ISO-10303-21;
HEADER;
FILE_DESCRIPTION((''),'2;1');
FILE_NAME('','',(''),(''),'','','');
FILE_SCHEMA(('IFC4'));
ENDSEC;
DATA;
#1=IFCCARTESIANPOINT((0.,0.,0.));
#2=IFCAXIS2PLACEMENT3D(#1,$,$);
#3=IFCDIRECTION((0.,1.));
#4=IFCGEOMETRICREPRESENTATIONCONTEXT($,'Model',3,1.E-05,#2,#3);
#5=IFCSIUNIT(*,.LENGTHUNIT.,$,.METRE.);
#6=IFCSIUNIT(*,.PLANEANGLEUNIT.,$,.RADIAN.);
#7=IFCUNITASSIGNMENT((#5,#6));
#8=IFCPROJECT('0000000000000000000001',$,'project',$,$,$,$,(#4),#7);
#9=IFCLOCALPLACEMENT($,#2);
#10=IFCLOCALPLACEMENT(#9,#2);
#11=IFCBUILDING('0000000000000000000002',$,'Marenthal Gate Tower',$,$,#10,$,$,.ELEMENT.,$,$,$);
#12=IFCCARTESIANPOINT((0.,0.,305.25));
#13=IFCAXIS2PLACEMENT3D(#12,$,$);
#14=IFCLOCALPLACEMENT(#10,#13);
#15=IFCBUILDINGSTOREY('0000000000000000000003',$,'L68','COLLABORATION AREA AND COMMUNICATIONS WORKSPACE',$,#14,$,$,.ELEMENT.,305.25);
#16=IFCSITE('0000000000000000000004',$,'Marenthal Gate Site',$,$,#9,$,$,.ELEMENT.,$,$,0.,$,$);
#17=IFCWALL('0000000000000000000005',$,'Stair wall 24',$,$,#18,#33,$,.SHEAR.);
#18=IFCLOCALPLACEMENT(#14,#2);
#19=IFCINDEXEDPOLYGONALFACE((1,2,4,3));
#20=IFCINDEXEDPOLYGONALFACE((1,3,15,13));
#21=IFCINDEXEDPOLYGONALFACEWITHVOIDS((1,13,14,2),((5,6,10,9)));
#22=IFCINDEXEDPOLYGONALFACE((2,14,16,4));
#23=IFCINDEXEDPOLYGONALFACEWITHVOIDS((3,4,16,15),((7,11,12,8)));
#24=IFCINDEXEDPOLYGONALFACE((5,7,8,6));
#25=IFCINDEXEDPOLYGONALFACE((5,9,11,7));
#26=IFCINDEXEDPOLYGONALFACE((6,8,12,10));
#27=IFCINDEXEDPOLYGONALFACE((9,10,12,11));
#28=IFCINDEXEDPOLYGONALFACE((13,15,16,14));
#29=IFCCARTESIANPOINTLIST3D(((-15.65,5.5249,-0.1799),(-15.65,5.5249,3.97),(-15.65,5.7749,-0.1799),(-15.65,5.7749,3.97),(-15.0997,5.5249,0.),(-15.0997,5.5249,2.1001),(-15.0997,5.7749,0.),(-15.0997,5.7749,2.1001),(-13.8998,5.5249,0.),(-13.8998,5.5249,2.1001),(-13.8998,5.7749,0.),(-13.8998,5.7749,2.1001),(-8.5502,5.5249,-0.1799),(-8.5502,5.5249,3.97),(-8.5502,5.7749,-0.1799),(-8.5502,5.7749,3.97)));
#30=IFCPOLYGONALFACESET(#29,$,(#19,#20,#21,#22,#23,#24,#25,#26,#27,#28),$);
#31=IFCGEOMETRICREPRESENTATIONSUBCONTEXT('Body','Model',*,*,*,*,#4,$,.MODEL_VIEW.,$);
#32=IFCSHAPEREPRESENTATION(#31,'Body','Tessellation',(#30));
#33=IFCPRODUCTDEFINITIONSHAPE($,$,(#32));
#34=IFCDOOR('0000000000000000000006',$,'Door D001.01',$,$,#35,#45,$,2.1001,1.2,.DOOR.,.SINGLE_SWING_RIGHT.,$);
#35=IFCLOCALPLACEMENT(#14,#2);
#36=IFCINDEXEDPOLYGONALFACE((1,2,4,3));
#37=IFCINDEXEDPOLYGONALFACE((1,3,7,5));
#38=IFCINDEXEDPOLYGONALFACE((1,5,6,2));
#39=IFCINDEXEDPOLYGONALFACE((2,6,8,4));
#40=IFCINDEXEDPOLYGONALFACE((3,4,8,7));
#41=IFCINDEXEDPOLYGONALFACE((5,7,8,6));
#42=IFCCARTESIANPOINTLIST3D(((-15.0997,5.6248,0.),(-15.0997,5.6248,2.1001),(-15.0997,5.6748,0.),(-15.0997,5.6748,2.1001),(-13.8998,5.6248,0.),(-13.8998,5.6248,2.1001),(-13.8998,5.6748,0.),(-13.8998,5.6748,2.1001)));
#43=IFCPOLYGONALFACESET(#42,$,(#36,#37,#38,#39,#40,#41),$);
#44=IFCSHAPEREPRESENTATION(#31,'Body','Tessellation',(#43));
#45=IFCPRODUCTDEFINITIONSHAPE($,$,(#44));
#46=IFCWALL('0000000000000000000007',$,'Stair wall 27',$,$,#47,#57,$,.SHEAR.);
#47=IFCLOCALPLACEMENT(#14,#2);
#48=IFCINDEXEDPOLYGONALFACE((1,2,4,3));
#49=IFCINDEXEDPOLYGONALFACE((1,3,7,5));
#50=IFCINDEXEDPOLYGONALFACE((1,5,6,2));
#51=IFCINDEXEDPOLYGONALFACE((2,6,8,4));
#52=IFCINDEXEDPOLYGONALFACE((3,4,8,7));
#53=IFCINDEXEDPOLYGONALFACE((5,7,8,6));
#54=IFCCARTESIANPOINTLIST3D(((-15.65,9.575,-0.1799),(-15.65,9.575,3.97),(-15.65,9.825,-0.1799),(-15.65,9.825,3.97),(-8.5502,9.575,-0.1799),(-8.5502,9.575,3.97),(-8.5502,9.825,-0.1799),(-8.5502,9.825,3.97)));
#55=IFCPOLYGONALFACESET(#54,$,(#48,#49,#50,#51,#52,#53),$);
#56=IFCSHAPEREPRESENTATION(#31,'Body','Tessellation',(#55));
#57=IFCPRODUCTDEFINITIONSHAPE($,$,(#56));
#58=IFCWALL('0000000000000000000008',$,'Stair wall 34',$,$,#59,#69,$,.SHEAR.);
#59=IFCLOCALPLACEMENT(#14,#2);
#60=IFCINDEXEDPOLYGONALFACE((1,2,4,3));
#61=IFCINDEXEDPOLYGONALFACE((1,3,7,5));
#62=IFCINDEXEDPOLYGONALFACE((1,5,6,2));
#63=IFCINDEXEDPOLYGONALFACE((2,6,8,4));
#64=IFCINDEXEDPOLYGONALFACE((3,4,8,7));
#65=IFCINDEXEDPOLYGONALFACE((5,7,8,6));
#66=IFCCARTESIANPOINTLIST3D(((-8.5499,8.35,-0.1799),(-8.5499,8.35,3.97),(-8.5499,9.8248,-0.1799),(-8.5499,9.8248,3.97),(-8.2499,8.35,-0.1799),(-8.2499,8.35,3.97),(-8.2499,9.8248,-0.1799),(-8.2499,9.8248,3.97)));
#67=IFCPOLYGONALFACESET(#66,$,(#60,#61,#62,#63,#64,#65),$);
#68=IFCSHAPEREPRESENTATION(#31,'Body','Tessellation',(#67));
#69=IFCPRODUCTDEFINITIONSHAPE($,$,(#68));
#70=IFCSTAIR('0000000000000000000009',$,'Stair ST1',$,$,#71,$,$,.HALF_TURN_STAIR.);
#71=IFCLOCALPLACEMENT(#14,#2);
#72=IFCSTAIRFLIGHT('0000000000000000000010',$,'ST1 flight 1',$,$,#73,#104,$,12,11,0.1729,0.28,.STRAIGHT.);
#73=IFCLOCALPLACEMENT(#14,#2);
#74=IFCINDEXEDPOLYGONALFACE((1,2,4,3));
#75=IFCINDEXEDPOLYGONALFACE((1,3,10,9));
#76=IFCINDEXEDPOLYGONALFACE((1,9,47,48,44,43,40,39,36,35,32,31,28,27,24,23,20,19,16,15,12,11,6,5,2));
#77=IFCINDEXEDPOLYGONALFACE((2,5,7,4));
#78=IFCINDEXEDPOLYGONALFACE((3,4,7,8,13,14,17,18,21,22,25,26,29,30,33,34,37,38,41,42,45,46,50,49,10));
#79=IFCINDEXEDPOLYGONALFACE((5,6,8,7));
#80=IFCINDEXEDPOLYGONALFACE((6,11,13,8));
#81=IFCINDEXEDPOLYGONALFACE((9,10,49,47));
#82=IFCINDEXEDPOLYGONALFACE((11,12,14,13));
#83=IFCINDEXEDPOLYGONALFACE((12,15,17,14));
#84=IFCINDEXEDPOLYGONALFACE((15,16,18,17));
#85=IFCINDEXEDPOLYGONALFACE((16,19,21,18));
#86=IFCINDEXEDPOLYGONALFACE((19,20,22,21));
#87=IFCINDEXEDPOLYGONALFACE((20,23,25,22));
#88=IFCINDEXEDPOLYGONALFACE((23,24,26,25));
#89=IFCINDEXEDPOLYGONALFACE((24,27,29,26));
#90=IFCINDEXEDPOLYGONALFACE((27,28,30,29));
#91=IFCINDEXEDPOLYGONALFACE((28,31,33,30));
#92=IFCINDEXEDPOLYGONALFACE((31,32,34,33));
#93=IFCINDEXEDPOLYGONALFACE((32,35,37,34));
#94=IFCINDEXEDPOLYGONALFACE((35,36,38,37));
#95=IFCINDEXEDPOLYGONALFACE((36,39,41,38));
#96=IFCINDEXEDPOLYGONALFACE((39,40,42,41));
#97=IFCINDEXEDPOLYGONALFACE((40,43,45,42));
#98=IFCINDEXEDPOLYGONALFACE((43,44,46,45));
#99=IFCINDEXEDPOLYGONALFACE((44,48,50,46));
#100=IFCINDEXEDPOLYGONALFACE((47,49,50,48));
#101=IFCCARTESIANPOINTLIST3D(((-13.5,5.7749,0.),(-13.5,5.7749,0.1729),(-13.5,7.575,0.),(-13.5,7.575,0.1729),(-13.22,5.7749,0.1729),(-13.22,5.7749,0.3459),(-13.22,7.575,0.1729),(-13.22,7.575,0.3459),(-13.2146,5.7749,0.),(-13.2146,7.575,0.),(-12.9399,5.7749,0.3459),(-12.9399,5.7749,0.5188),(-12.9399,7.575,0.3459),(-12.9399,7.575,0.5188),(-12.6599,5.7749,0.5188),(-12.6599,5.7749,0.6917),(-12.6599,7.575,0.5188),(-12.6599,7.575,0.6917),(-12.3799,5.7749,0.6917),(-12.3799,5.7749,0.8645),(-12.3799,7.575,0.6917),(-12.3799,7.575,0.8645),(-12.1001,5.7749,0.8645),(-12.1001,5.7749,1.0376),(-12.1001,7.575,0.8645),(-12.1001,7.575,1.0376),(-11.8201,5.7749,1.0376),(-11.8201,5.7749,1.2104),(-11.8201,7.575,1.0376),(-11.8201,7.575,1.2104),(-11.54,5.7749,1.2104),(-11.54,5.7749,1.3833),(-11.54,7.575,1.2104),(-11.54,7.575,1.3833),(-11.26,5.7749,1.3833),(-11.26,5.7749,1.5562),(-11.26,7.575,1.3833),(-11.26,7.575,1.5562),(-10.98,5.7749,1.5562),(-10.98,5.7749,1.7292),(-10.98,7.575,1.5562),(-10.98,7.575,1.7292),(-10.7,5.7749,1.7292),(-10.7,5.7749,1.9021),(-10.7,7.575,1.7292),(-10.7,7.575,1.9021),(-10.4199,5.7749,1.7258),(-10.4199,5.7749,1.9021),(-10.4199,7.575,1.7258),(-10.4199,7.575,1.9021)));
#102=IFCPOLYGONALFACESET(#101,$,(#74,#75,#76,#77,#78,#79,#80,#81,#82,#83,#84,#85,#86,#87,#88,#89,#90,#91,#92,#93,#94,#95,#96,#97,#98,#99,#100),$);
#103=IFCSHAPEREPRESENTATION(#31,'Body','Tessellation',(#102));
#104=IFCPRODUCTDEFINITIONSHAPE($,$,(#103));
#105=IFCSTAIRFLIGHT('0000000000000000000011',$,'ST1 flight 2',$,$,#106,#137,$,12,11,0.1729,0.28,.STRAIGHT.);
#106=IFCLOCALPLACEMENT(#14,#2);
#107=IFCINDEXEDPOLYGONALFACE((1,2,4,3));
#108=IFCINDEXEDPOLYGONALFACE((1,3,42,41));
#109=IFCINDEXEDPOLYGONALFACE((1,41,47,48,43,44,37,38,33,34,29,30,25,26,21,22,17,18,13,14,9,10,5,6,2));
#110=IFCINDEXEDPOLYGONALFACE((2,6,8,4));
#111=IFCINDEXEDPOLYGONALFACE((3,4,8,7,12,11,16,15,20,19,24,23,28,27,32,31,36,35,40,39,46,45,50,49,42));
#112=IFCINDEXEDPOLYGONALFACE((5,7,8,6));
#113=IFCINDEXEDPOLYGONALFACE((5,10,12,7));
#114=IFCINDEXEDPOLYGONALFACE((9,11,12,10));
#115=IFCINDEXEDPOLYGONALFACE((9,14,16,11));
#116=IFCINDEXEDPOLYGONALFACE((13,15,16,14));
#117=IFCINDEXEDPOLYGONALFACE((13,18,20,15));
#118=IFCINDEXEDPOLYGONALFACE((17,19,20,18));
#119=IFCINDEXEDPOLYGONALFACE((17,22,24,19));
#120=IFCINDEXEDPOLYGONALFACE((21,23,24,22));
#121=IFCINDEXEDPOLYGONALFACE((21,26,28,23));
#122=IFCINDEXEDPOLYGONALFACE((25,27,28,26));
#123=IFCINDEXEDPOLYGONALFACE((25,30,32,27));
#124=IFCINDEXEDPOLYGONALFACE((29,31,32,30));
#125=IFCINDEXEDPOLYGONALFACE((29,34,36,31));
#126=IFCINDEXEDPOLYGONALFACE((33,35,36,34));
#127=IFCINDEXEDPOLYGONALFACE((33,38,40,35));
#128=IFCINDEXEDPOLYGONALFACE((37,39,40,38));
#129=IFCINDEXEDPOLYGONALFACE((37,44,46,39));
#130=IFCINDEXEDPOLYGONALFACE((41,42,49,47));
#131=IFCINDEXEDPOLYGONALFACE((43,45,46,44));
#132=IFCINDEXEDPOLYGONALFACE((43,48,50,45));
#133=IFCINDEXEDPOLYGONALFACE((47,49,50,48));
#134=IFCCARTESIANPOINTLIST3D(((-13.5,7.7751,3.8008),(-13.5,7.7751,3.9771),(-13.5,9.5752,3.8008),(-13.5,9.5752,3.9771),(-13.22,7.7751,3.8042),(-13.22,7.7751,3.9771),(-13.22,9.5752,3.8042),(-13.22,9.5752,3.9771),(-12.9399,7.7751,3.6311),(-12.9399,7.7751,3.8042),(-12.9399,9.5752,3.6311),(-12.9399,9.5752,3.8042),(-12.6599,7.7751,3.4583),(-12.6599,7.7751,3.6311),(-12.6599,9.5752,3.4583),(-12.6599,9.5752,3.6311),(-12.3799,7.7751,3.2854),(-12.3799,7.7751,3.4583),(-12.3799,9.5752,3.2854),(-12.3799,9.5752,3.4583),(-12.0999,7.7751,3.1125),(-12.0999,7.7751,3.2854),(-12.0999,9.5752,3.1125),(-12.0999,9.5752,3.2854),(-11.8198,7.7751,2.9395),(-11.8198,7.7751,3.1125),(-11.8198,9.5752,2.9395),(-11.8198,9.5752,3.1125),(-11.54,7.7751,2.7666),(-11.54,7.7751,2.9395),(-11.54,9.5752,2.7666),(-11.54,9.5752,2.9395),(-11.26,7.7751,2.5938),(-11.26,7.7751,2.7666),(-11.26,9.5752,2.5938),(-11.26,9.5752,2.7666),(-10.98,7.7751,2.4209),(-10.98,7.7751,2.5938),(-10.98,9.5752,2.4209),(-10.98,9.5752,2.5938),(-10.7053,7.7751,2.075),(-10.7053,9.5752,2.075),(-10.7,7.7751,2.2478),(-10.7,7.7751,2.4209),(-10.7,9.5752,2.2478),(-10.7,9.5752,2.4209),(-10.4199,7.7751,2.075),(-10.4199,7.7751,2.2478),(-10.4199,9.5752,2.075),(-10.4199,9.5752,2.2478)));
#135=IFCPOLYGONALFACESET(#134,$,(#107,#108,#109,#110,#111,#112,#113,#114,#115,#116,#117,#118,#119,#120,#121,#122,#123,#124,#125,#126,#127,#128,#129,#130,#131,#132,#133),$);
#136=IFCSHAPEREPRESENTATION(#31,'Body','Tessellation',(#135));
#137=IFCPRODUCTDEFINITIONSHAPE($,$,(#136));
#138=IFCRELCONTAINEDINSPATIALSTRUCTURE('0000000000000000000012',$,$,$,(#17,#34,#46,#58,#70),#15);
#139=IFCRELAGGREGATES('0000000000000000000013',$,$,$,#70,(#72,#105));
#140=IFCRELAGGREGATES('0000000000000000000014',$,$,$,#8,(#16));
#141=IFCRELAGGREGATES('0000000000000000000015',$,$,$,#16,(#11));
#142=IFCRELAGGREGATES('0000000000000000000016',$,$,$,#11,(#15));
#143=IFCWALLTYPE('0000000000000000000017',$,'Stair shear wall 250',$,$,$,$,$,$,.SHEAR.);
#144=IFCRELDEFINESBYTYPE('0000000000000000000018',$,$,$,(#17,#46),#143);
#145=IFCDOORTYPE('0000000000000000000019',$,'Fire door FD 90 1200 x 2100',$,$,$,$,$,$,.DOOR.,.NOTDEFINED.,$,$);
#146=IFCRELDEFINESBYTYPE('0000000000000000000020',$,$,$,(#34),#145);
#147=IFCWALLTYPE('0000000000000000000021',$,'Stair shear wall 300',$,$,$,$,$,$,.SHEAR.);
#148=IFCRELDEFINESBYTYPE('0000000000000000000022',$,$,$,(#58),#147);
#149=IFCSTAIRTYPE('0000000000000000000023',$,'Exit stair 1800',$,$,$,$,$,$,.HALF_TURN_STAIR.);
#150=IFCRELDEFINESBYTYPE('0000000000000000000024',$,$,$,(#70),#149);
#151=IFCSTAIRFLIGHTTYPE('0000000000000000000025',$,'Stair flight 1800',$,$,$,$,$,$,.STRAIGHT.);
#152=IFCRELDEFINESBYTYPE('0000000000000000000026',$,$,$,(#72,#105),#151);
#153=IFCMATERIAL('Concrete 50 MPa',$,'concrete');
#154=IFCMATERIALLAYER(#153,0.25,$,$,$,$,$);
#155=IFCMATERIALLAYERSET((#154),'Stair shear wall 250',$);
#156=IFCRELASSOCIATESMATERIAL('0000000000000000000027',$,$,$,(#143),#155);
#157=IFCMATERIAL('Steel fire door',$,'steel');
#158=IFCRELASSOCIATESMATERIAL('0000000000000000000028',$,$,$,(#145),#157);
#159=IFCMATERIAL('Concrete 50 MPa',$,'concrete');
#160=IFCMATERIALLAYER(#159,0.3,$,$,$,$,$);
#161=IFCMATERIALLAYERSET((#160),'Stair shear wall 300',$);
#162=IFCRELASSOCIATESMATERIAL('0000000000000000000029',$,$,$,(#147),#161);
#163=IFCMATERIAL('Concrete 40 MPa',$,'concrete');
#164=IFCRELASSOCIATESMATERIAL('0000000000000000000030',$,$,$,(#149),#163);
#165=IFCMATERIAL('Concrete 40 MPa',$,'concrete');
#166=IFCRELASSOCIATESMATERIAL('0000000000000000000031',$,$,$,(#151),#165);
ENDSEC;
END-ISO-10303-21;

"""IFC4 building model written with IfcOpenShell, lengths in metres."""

from ifc_helpers import new_model, si_unit, direction, frame, frame_2d, origin, place, context, subcontext, project, spatial, polyline, rectangle, outline, extrude, material, layer, layer_set, type_object, element, fill, aggregate, save


model = new_model("IFC4")

# Units and contexts
model_context = context("Model", 3, precision=1e-05, world=origin(), true_north=direction((0.0, 1.0)))
body_context = subcontext(model_context, "Body", "Model", "MODEL_VIEW")
ifc_project = project(units=[si_unit("LENGTHUNIT", "METRE"), si_unit("PLANEANGLEUNIT", "RADIAN")], contexts=[model_context])

# Site, building, storey
site_placement = place(None, origin())
site = spatial("IfcSite", under=ifc_project, at=site_placement, Name="Marenthal Gate Site", CompositionType="ELEMENT", RefElevation=0.0)
building_placement = place(site_placement, origin())
building = spatial("IfcBuilding", under=site, at=building_placement, Name="Marenthal Gate Tower", CompositionType="ELEMENT")
storey_placement = place(building_placement, frame((0.0, 0.0, 305.25)))
storey = spatial("IfcBuildingStorey", under=building, at=storey_placement, Name="L68", Description="COLLABORATION AREA AND COMMUNICATIONS WORKSPACE", CompositionType="ELEMENT", Elevation=305.25)

# Wall, opening, door
ifc_material_1 = material(Name="Concrete 50 MPa", Category="concrete")
ifc_layer_1 = layer(ifc_material_1, 0.25)
ifc_layer_set_1 = layer_set([ifc_layer_1], Name="Stair shear wall 250")
wall_type_1 = type_object("IfcWallType", Name="Stair shear wall 250", PredefinedType="SHEAR", material=ifc_layer_set_1)
wall_1_placement = place(storey_placement, frame((-15.6499, 5.6499, -0.1799), z_axis=(0.0, 0.0, 1.0), x_axis=(1.0, 0.0, 0.0)))
wall_1 = element("IfcWall", 1, at=wall_1_placement, inside=storey, type_object=wall_type_1, Name="Stair wall 24", PredefinedType="SHEAR", context=body_context, shape_type="SweptSolid", body=[
    extrude(rectangle(XDim=7.0999, YDim=0.25, at=frame_2d((3.5498, 0.0))), origin(), (0.0, 0.0, 1.0), 4.1499),
])
opening_1_placement = place(wall_1_placement, frame((0.55, 0.0, 0.1799)))
opening_1 = element("IfcOpeningElement", 2, at=opening_1_placement, cuts=wall_1, PredefinedType="OPENING", context=body_context, shape_type="SweptSolid", body=[
    extrude(rectangle(XDim=1.2, YDim=2.1001, at=frame_2d((0.6001, 1.05))), frame((0.0, 0.135, 0.0), z_axis=(0.0, -1.0, 0.0), x_axis=(1.0, 0.0, 0.0)), (0.0, 0.0, 1.0), 0.27),
])
ifc_material_2 = material(Name="Steel fire door", Category="steel")
door_type_1 = type_object("IfcDoorType", Name="Fire door FD 90 1200 x 2100", OperationType="NOTDEFINED", PredefinedType="DOOR", material=ifc_material_2)
door_1_placement = place(opening_1_placement, origin())
door_1 = element("IfcDoor", 3, at=door_1_placement, inside=storey, type_object=door_type_1, Name="Door D001.01", OperationType="SINGLE_SWING_RIGHT", OverallHeight=2.1001, OverallWidth=1.2, PredefinedType="DOOR", context=body_context, shape_type="SweptSolid", body=[
    extrude(rectangle(XDim=1.2, YDim=2.1001, at=frame_2d((0.6001, 1.05))), frame((0.0, 0.0249, 0.0), z_axis=(0.0, -1.0, 0.0), x_axis=(1.0, 0.0, 0.0)), (0.0, 0.0, 1.0), 0.05),
])
fill(opening_1, door_1)

# Walls
wall_2_placement = place(storey_placement, frame((-15.6499, 9.7, -0.1799), z_axis=(0.0, 0.0, 1.0), x_axis=(1.0, 0.0, 0.0)))
element("IfcWall", 4, at=wall_2_placement, inside=storey, type_object=wall_type_1, Name="Stair wall 27", PredefinedType="SHEAR", context=body_context, shape_type="SweptSolid", body=[
    extrude(rectangle(XDim=7.0999, YDim=0.25, at=frame_2d((3.5498, 0.0))), origin(), (0.0, 0.0, 1.0), 4.1499),
])
ifc_material_3 = material(Name="Concrete 50 MPa", Category="concrete")
ifc_layer_2 = layer(ifc_material_3, 0.3)
ifc_layer_set_2 = layer_set([ifc_layer_2], Name="Stair shear wall 300")
wall_type_2 = type_object("IfcWallType", Name="Stair shear wall 300", PredefinedType="SHEAR", material=ifc_layer_set_2)
wall_3_placement = place(storey_placement, frame((-8.3999, 8.3501, -0.1799), z_axis=(0.0, 0.0, 1.0), x_axis=(0.0, 1.0, 0.0)))
element("IfcWall", 5, at=wall_3_placement, inside=storey, type_object=wall_type_2, Name="Stair wall 34", PredefinedType="SHEAR", context=body_context, shape_type="SweptSolid", body=[
    extrude(rectangle(XDim=1.4749, YDim=0.3, at=frame_2d((0.7373, 0.0))), origin(), (0.0, 0.0, 1.0), 4.1499),
])

# Stair, stair flights
ifc_material_4 = material(Name="Concrete 40 MPa", Category="concrete")
stair_type = type_object("IfcStairType", Name="Exit stair 1800", PredefinedType="HALF_TURN_STAIR", material=ifc_material_4)
stair_placement = place(storey_placement, origin())
stair = element("IfcStair", 6, at=stair_placement, inside=storey, type_object=stair_type, Name="Stair ST1", PredefinedType="HALF_TURN_STAIR")
ifc_material_5 = material(Name="Concrete 40 MPa", Category="concrete")
stair_flight_type = type_object("IfcStairFlightType", Name="Stair flight 1800", PredefinedType="STRAIGHT", material=ifc_material_5)
stair_flight_1_placement = place(storey_placement, frame((-13.5, 6.675, 0.0), z_axis=(0.0, 0.0, 1.0), x_axis=(1.0, 0.0, 0.0)))
stair_flight_1 = element("IfcStairFlight", 7, at=stair_flight_1_placement, type_object=stair_flight_type, Name="ST1 flight 1", NumberOfRisers=12, NumberOfTreads=11, PredefinedType="STRAIGHT", RiserHeight=0.1729, TreadLength=0.28, context=body_context, shape_type="SweptSolid", body=[
    extrude(outline(polyline([(0.0, 0.0), (0.0, 0.1729), (0.28, 0.1729), (0.28, 0.3459), (0.5601, 0.3459), (0.5601, 0.5188), (0.8401, 0.5188), (0.8401, 0.6917), (1.1201, 0.6917), (1.1201, 0.8645), (1.3999, 0.8645), (1.3999, 1.0376), (1.6799, 1.0376), (1.6799, 1.2104), (1.96, 1.2104), (1.96, 1.3833), (2.24, 1.3833), (2.24, 1.5562), (2.52, 1.5562), (2.52, 1.7292), (2.8, 1.7292), (2.8, 1.9021), (3.0801, 1.9021), (3.0801, 2.075), (3.0801, 1.7258), (0.2854, 0.0), (0.0, 0.0)])), frame((0.0, 0.8999, 0.0), z_axis=(0.0, -1.0, 0.0), x_axis=(1.0, 0.0, 0.0)), (0.0, 0.0, 1.0), 1.8),
])
stair_flight_2_placement = place(storey_placement, frame((-10.4199, 8.675, 2.075), z_axis=(0.0, 0.0, 1.0), x_axis=(-1.0, 0.0, 0.0)))
stair_flight_2 = element("IfcStairFlight", 8, at=stair_flight_2_placement, type_object=stair_flight_type, Name="ST1 flight 2", NumberOfRisers=12, NumberOfTreads=11, PredefinedType="STRAIGHT", RiserHeight=0.1729, TreadLength=0.28, context=body_context, shape_type="SweptSolid", body=[
    extrude(outline(polyline([(0.0, 0.0), (0.0, 0.1729), (0.28, 0.1729), (0.28, 0.3459), (0.5601, 0.3459), (0.5601, 0.5188), (0.8401, 0.5188), (0.8401, 0.6917), (1.1201, 0.6917), (1.1201, 0.8645), (1.3999, 0.8645), (1.3999, 1.0376), (1.6799, 1.0376), (1.6799, 1.2104), (1.96, 1.2104), (1.96, 1.3833), (2.24, 1.3833), (2.24, 1.5562), (2.52, 1.5562), (2.52, 1.7292), (2.8, 1.7292), (2.8, 1.9021), (3.0801, 1.9021), (3.0801, 2.075), (3.0801, 1.7258), (0.2854, 0.0), (0.0, 0.0)])), frame((0.0, 0.8999, 0.0), z_axis=(0.0, -1.0, 0.0), x_axis=(1.0, 0.0, 0.0)), (0.0, 0.0, 1.0), 1.8),
])
aggregate(stair, [stair_flight_1, stair_flight_2])

save(model, "model.ifc")
